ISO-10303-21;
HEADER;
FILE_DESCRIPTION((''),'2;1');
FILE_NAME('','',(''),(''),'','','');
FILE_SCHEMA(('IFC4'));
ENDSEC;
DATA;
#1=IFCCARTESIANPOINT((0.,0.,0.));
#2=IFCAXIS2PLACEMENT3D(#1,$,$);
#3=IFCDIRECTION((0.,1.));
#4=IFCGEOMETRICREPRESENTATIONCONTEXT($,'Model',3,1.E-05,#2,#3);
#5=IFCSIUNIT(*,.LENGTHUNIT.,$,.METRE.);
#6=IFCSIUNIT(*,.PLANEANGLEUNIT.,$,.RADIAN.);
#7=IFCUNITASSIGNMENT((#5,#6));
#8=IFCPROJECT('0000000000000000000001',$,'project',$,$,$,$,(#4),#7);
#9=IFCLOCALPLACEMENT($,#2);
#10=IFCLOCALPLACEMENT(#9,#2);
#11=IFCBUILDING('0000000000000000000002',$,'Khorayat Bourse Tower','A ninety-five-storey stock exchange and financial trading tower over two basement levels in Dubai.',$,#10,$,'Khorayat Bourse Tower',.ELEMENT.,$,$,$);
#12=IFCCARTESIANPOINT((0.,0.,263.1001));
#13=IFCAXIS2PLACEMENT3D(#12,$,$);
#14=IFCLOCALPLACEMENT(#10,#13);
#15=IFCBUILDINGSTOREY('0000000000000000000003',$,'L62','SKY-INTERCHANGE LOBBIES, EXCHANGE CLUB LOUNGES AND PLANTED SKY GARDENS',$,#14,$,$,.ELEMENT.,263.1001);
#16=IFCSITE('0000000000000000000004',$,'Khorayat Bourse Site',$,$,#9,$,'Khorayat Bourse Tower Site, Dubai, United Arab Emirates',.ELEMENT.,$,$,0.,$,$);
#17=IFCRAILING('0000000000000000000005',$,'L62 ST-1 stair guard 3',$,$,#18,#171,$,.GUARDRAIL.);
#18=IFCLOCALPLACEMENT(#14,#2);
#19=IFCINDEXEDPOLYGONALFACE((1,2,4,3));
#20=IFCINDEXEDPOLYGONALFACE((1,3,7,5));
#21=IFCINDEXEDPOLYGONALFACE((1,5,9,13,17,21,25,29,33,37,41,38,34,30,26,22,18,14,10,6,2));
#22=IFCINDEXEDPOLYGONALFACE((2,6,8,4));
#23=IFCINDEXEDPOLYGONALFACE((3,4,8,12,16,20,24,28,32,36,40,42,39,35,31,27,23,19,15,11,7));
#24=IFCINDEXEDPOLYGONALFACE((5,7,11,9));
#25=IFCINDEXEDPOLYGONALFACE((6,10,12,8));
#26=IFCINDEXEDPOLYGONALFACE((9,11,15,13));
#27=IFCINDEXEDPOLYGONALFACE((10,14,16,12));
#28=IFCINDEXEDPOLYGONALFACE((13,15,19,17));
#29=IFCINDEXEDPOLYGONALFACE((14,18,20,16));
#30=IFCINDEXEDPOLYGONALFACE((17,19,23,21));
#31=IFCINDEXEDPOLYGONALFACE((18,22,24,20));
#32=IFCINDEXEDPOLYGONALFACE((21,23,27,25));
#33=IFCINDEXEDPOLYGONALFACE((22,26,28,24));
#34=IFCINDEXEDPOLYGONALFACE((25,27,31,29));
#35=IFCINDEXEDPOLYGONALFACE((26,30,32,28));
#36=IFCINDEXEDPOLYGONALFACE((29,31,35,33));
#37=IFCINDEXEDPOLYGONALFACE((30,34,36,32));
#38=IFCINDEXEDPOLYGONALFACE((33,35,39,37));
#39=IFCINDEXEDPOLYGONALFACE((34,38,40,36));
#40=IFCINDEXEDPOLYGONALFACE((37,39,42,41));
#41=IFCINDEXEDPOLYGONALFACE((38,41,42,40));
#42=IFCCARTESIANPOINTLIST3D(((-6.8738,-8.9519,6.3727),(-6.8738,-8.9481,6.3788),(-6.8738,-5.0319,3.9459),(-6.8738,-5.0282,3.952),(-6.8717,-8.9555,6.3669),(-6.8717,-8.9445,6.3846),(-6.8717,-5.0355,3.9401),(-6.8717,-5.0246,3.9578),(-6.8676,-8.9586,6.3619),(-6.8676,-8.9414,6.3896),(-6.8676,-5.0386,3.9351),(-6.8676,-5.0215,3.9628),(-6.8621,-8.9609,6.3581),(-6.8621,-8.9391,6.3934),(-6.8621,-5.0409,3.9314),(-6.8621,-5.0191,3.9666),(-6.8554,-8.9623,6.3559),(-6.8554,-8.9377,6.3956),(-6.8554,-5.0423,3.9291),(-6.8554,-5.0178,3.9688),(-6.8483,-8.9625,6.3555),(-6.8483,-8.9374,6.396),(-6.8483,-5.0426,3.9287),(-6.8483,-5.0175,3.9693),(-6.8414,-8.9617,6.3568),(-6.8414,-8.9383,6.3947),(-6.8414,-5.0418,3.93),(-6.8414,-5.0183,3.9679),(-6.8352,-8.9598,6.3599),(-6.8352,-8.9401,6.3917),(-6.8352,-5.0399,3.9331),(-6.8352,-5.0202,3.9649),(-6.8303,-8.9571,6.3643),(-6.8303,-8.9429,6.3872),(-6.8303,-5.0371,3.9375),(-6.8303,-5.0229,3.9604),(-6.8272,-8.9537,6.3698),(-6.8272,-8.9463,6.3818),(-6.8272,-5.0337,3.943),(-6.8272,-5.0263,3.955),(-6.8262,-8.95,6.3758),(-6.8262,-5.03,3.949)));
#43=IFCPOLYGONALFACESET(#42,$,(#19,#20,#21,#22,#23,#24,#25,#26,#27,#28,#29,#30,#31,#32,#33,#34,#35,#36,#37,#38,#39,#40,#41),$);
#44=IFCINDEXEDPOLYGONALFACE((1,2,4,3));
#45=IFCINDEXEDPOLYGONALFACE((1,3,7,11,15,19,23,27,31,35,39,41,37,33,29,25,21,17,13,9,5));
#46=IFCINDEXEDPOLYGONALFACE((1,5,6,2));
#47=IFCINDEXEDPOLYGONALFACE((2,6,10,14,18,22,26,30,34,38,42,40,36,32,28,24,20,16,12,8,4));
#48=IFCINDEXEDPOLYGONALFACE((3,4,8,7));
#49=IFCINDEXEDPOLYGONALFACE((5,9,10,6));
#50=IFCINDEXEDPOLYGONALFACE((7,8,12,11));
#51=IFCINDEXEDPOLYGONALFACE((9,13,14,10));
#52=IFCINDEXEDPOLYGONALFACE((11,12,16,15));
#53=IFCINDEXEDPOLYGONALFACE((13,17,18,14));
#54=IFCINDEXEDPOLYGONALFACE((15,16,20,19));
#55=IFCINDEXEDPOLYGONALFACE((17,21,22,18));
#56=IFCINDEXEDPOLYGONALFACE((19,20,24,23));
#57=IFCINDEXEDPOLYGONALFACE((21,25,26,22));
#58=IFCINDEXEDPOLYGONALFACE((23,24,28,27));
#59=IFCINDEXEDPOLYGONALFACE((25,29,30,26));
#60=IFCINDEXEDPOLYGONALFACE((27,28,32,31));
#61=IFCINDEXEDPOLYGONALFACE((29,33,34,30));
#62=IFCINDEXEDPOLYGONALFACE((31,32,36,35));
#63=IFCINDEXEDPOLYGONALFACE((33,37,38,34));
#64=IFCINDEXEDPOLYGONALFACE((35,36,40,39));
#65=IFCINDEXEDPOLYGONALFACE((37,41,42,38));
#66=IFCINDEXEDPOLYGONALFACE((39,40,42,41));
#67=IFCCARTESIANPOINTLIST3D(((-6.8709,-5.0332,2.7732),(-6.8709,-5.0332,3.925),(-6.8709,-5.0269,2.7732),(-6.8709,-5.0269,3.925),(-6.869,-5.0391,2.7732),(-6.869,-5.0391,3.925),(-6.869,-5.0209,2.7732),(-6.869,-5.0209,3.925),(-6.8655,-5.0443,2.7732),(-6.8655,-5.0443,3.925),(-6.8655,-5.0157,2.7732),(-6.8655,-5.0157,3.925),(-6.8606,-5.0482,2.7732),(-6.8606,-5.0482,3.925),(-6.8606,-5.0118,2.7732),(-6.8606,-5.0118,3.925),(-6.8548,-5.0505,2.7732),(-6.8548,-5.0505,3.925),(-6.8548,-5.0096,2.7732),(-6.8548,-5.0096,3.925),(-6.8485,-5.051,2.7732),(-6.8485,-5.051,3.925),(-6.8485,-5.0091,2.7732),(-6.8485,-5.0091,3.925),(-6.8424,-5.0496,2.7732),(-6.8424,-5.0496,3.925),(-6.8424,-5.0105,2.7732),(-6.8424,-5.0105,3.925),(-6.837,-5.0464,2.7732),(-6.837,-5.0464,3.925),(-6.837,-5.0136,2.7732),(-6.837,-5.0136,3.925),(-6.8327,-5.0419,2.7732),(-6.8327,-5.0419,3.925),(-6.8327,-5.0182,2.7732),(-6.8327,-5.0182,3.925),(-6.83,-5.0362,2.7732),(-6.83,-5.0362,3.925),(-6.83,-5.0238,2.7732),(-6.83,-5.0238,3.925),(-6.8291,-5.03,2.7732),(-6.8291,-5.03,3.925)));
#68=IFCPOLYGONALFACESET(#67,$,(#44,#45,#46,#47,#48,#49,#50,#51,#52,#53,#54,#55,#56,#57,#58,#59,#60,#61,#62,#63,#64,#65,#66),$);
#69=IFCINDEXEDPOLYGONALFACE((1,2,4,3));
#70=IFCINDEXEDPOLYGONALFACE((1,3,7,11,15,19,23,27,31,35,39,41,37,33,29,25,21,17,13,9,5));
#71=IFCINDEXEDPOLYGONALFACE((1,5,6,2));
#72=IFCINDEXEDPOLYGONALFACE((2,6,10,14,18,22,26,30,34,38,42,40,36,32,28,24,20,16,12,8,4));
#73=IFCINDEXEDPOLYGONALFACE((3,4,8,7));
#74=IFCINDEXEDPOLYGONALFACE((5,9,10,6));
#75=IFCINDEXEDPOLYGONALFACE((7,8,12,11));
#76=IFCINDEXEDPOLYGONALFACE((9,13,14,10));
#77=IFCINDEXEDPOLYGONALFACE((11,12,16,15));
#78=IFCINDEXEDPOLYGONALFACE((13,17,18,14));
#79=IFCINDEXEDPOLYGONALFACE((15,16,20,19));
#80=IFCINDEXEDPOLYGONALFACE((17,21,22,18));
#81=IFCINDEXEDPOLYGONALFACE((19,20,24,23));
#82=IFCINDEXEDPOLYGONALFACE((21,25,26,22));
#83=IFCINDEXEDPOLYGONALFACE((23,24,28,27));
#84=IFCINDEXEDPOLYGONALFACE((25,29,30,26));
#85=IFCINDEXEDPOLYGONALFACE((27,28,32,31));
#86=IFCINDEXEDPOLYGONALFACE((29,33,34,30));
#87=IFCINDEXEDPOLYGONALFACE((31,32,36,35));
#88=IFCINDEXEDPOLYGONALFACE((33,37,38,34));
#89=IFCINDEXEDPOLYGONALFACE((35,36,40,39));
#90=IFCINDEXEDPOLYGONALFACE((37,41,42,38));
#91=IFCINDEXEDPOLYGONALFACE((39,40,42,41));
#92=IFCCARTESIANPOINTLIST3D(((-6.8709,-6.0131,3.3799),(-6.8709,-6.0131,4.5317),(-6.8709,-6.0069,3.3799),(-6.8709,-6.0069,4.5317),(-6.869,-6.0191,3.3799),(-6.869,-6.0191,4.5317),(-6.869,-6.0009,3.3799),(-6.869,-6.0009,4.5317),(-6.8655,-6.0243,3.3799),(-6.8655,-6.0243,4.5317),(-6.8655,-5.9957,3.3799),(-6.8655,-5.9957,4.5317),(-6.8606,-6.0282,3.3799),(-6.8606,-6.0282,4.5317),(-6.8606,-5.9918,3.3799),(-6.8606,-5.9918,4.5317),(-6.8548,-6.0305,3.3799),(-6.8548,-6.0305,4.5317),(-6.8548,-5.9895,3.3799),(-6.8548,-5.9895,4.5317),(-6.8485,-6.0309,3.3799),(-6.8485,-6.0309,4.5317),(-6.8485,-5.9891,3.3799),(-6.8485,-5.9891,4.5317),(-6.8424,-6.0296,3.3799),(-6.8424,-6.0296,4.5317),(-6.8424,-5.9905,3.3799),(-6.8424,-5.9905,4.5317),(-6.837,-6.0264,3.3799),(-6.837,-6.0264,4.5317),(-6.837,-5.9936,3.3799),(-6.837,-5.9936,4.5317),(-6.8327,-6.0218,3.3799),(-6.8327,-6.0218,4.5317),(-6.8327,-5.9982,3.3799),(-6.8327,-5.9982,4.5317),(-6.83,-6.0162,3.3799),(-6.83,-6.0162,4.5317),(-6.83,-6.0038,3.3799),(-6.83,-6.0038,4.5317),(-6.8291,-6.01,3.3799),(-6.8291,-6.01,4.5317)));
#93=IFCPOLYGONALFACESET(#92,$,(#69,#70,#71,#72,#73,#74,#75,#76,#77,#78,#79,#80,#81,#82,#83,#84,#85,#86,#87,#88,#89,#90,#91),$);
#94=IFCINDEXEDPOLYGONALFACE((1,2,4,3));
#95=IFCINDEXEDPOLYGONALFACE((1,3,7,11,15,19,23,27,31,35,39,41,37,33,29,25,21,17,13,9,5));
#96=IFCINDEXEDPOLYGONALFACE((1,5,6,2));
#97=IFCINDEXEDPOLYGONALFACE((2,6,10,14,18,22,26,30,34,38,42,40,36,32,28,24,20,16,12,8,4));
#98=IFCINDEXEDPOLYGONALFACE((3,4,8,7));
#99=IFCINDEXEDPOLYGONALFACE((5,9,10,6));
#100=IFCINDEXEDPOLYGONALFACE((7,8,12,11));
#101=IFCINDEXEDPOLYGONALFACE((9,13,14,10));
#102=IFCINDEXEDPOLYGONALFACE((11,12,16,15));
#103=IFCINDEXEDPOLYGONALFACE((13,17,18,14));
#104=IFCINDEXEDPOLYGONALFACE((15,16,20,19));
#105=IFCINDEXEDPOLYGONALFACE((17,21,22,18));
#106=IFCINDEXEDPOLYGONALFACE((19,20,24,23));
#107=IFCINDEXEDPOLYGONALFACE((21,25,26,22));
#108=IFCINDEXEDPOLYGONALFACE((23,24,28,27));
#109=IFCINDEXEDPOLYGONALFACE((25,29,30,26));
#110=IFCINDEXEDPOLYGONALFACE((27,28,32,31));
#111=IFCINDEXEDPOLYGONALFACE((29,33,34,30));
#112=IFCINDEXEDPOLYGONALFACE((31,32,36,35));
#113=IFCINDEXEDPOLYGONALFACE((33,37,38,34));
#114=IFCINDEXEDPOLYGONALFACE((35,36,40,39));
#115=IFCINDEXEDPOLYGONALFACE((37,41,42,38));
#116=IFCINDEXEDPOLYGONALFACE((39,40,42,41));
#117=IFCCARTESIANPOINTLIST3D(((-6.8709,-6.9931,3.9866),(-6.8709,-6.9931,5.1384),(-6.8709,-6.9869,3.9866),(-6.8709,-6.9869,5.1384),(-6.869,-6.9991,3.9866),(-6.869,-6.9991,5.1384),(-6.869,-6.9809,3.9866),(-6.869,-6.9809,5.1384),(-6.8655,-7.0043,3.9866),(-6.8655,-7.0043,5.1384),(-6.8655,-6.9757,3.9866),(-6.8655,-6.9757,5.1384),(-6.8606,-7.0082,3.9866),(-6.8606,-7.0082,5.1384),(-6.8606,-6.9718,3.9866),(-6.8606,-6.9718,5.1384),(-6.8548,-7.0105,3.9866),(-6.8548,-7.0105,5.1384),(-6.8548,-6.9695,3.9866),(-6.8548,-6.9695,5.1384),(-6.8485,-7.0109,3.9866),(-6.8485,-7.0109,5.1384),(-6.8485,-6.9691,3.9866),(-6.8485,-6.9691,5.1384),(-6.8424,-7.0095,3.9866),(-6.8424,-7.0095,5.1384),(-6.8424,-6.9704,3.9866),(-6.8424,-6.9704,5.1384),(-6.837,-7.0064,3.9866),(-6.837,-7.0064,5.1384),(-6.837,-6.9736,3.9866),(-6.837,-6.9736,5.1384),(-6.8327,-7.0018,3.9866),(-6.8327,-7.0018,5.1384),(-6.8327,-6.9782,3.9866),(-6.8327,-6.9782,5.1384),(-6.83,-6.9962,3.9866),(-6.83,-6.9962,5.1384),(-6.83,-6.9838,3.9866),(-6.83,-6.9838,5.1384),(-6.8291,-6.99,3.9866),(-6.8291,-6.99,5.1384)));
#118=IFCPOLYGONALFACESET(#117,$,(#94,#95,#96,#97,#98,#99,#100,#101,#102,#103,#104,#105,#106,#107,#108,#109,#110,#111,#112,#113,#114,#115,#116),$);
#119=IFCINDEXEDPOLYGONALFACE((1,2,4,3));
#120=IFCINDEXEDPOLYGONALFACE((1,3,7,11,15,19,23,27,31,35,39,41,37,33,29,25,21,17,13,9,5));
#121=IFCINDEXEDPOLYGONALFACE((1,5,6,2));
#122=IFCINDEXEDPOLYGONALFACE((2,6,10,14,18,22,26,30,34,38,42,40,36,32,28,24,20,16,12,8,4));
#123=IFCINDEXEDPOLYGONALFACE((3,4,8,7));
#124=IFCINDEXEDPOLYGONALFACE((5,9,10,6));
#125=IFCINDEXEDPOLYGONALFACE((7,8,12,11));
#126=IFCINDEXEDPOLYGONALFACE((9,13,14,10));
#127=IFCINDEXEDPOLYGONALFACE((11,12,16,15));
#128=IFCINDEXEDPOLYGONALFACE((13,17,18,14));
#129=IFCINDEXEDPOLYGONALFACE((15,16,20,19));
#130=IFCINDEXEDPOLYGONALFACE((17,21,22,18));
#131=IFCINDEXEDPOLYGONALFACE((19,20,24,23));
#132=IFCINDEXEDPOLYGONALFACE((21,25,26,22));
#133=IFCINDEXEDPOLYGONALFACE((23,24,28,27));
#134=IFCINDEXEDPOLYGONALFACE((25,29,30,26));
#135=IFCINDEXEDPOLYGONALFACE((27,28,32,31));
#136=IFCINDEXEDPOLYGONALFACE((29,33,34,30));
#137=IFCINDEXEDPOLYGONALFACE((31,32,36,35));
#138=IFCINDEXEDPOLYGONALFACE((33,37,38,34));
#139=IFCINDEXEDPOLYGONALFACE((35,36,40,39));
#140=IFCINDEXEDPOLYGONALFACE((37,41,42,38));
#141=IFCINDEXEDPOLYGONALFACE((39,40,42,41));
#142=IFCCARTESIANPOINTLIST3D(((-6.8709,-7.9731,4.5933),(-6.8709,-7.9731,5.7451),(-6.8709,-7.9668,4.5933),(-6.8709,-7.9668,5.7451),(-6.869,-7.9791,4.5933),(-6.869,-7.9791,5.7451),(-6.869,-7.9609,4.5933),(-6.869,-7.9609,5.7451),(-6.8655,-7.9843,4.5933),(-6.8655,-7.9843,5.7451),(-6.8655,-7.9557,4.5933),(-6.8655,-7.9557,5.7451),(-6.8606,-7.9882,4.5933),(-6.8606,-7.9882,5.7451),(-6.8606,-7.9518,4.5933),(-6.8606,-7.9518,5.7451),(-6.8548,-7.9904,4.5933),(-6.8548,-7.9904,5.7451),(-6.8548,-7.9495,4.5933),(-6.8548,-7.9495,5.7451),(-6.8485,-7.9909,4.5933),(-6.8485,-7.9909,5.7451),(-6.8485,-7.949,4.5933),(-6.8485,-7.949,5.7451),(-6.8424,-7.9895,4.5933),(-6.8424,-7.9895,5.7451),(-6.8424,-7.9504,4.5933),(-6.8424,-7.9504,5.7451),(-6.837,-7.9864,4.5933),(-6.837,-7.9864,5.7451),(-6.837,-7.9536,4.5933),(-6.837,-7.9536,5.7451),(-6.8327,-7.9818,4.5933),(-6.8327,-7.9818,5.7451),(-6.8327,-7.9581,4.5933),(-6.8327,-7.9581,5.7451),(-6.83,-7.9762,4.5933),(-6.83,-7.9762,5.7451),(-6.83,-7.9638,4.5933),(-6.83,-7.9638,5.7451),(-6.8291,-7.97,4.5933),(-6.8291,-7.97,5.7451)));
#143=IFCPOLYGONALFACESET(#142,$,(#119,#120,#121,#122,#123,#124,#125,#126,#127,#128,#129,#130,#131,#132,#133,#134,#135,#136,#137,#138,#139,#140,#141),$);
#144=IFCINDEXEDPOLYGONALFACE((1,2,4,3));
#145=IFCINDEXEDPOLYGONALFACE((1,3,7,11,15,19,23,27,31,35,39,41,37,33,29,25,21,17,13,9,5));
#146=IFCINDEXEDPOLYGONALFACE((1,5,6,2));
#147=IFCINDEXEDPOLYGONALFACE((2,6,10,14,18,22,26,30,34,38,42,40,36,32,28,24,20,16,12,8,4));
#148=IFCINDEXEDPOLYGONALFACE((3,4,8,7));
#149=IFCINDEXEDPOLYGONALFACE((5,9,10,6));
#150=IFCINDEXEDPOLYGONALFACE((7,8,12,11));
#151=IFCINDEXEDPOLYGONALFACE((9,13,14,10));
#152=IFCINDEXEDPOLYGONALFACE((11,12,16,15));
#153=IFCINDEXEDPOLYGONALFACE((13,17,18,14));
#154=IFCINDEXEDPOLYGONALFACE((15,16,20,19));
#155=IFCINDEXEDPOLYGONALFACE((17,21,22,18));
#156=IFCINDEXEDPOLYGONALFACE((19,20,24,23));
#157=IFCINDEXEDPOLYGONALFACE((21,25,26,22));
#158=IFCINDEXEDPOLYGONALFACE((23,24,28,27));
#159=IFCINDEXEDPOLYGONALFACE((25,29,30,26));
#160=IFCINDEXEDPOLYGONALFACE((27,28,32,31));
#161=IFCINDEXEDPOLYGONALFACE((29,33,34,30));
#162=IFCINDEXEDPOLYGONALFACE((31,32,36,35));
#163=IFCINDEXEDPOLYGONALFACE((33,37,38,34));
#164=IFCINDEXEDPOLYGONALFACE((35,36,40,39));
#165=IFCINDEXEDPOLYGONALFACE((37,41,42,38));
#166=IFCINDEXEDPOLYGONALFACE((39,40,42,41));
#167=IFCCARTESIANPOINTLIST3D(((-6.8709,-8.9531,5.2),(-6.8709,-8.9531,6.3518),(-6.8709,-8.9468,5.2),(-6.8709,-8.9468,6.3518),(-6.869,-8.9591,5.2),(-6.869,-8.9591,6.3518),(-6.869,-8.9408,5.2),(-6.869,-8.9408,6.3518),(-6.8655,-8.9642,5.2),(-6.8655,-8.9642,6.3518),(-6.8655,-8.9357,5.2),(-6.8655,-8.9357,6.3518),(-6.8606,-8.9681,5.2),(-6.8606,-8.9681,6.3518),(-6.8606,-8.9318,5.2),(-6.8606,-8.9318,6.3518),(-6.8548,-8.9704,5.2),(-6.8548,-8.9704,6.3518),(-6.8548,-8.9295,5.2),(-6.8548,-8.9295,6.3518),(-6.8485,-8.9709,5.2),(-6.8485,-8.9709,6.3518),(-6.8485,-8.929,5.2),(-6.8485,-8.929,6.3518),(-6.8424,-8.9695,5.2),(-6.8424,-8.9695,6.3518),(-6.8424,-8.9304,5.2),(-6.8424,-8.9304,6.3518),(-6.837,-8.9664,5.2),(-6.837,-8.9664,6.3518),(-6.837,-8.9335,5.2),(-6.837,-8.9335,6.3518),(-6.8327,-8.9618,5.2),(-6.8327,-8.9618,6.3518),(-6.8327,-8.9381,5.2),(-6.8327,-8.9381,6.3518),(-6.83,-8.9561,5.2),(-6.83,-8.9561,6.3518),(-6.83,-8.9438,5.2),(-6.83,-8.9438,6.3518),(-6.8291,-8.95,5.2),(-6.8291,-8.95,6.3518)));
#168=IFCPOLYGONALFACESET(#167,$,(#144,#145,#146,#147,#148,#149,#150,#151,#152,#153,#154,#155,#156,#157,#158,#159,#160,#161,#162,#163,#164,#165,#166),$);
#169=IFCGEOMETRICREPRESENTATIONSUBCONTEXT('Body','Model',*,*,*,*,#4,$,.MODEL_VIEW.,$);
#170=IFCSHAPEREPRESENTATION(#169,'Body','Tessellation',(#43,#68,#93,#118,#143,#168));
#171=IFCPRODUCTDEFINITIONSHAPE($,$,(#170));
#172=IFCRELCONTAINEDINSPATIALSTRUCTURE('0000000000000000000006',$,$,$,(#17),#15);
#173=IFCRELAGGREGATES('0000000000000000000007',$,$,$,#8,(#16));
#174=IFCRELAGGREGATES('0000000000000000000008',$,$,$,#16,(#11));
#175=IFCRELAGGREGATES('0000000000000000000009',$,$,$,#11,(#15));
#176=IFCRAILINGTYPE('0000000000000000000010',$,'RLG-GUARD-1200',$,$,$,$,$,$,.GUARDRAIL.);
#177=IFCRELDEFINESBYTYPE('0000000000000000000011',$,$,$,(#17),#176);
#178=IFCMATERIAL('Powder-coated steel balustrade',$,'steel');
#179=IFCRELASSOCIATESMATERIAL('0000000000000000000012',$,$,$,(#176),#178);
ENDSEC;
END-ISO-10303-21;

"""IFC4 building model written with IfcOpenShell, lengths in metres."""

from ifc_helpers import new_model, si_unit, direction, frame, origin, origin_2d, place, context, subcontext, project, spatial, circle, extrude, source, transform, mapped, material, type_object, element, save


model = new_model("IFC4")

# Units and contexts
model_context = context("Model", 3, precision=1e-05, world=origin(), true_north=direction((0.0, 1.0)))
body_context = subcontext(model_context, "Body", "Model", "MODEL_VIEW")
ifc_project = project(units=[si_unit("LENGTHUNIT", "METRE"), si_unit("PLANEANGLEUNIT", "RADIAN")], contexts=[model_context])

# Site, building, storey
site_placement = place(None, origin())
site = spatial("IfcSite", under=ifc_project, at=site_placement, Name="Khorayat Bourse Site", LongName="Khorayat Bourse Tower Site, Dubai, United Arab Emirates", CompositionType="ELEMENT", RefElevation=0.0)
building_placement = place(site_placement, origin())
building = spatial("IfcBuilding", under=site, at=building_placement, Name="Khorayat Bourse Tower", Description="A ninety-five-storey stock exchange and financial trading tower over two basement levels in Dubai.", LongName="Khorayat Bourse Tower", CompositionType="ELEMENT")
storey_placement = place(building_placement, frame((0.0, 0.0, 263.1001)))
storey = spatial("IfcBuildingStorey", under=building, at=storey_placement, Name="L62", Description="SKY-INTERCHANGE LOBBIES, EXCHANGE CLUB LOUNGES AND PLANTED SKY GARDENS", CompositionType="ELEMENT", Elevation=263.1001)

# Railing
ifc_material_1 = material(Name="Powder-coated steel balustrade", Category="steel")
railing_type_1 = type_object("IfcRailingType", Name="RLG-GUARD-1200", PredefinedType="GUARDRAIL", material=ifc_material_1)
shared_shape_1 = source(origin(), body_context, "Body", "SweptSolid", [
    extrude(circle(Radius=0.0239, at=origin_2d()), frame((0.0, 0.0, 1.1758), z_axis=(0.0, -0.850252, 0.526376), x_axis=(1.0, 0.0, 0.0)), (0.0, 0.0, 1.0), 4.6104),
    extrude(circle(Radius=0.021, at=origin_2d()), origin(), (0.0, 0.0, 1.0), 1.1519),
    extrude(circle(Radius=0.021, at=origin_2d()), frame((0.0, -0.98, 0.6067)), (0.0, 0.0, 1.0), 1.1519),
    extrude(circle(Radius=0.021, at=origin_2d()), frame((0.0, -1.96, 1.2134)), (0.0, 0.0, 1.0), 1.1519),
    extrude(circle(Radius=0.021, at=origin_2d()), frame((0.0, -2.9399, 1.8201)), (0.0, 0.0, 1.0), 1.1519),
    extrude(circle(Radius=0.021, at=origin_2d()), frame((0.0, -3.9199, 2.4268)), (0.0, 0.0, 1.0), 1.1519),
])
railing_1_placement = place(storey_placement, frame((-6.8501, -5.03, 2.7732)))
element("IfcRailing", 1, at=railing_1_placement, inside=storey, type_object=railing_type_1, Name="L62 ST-1 stair guard 3", PredefinedType="GUARDRAIL", context=body_context, shape_type="MappedRepresentation", body=[
    mapped(shared_shape_1, transform((0.0, 0.0, 0.0), scale=1.0)),
])

save(model, "model.ifc")
